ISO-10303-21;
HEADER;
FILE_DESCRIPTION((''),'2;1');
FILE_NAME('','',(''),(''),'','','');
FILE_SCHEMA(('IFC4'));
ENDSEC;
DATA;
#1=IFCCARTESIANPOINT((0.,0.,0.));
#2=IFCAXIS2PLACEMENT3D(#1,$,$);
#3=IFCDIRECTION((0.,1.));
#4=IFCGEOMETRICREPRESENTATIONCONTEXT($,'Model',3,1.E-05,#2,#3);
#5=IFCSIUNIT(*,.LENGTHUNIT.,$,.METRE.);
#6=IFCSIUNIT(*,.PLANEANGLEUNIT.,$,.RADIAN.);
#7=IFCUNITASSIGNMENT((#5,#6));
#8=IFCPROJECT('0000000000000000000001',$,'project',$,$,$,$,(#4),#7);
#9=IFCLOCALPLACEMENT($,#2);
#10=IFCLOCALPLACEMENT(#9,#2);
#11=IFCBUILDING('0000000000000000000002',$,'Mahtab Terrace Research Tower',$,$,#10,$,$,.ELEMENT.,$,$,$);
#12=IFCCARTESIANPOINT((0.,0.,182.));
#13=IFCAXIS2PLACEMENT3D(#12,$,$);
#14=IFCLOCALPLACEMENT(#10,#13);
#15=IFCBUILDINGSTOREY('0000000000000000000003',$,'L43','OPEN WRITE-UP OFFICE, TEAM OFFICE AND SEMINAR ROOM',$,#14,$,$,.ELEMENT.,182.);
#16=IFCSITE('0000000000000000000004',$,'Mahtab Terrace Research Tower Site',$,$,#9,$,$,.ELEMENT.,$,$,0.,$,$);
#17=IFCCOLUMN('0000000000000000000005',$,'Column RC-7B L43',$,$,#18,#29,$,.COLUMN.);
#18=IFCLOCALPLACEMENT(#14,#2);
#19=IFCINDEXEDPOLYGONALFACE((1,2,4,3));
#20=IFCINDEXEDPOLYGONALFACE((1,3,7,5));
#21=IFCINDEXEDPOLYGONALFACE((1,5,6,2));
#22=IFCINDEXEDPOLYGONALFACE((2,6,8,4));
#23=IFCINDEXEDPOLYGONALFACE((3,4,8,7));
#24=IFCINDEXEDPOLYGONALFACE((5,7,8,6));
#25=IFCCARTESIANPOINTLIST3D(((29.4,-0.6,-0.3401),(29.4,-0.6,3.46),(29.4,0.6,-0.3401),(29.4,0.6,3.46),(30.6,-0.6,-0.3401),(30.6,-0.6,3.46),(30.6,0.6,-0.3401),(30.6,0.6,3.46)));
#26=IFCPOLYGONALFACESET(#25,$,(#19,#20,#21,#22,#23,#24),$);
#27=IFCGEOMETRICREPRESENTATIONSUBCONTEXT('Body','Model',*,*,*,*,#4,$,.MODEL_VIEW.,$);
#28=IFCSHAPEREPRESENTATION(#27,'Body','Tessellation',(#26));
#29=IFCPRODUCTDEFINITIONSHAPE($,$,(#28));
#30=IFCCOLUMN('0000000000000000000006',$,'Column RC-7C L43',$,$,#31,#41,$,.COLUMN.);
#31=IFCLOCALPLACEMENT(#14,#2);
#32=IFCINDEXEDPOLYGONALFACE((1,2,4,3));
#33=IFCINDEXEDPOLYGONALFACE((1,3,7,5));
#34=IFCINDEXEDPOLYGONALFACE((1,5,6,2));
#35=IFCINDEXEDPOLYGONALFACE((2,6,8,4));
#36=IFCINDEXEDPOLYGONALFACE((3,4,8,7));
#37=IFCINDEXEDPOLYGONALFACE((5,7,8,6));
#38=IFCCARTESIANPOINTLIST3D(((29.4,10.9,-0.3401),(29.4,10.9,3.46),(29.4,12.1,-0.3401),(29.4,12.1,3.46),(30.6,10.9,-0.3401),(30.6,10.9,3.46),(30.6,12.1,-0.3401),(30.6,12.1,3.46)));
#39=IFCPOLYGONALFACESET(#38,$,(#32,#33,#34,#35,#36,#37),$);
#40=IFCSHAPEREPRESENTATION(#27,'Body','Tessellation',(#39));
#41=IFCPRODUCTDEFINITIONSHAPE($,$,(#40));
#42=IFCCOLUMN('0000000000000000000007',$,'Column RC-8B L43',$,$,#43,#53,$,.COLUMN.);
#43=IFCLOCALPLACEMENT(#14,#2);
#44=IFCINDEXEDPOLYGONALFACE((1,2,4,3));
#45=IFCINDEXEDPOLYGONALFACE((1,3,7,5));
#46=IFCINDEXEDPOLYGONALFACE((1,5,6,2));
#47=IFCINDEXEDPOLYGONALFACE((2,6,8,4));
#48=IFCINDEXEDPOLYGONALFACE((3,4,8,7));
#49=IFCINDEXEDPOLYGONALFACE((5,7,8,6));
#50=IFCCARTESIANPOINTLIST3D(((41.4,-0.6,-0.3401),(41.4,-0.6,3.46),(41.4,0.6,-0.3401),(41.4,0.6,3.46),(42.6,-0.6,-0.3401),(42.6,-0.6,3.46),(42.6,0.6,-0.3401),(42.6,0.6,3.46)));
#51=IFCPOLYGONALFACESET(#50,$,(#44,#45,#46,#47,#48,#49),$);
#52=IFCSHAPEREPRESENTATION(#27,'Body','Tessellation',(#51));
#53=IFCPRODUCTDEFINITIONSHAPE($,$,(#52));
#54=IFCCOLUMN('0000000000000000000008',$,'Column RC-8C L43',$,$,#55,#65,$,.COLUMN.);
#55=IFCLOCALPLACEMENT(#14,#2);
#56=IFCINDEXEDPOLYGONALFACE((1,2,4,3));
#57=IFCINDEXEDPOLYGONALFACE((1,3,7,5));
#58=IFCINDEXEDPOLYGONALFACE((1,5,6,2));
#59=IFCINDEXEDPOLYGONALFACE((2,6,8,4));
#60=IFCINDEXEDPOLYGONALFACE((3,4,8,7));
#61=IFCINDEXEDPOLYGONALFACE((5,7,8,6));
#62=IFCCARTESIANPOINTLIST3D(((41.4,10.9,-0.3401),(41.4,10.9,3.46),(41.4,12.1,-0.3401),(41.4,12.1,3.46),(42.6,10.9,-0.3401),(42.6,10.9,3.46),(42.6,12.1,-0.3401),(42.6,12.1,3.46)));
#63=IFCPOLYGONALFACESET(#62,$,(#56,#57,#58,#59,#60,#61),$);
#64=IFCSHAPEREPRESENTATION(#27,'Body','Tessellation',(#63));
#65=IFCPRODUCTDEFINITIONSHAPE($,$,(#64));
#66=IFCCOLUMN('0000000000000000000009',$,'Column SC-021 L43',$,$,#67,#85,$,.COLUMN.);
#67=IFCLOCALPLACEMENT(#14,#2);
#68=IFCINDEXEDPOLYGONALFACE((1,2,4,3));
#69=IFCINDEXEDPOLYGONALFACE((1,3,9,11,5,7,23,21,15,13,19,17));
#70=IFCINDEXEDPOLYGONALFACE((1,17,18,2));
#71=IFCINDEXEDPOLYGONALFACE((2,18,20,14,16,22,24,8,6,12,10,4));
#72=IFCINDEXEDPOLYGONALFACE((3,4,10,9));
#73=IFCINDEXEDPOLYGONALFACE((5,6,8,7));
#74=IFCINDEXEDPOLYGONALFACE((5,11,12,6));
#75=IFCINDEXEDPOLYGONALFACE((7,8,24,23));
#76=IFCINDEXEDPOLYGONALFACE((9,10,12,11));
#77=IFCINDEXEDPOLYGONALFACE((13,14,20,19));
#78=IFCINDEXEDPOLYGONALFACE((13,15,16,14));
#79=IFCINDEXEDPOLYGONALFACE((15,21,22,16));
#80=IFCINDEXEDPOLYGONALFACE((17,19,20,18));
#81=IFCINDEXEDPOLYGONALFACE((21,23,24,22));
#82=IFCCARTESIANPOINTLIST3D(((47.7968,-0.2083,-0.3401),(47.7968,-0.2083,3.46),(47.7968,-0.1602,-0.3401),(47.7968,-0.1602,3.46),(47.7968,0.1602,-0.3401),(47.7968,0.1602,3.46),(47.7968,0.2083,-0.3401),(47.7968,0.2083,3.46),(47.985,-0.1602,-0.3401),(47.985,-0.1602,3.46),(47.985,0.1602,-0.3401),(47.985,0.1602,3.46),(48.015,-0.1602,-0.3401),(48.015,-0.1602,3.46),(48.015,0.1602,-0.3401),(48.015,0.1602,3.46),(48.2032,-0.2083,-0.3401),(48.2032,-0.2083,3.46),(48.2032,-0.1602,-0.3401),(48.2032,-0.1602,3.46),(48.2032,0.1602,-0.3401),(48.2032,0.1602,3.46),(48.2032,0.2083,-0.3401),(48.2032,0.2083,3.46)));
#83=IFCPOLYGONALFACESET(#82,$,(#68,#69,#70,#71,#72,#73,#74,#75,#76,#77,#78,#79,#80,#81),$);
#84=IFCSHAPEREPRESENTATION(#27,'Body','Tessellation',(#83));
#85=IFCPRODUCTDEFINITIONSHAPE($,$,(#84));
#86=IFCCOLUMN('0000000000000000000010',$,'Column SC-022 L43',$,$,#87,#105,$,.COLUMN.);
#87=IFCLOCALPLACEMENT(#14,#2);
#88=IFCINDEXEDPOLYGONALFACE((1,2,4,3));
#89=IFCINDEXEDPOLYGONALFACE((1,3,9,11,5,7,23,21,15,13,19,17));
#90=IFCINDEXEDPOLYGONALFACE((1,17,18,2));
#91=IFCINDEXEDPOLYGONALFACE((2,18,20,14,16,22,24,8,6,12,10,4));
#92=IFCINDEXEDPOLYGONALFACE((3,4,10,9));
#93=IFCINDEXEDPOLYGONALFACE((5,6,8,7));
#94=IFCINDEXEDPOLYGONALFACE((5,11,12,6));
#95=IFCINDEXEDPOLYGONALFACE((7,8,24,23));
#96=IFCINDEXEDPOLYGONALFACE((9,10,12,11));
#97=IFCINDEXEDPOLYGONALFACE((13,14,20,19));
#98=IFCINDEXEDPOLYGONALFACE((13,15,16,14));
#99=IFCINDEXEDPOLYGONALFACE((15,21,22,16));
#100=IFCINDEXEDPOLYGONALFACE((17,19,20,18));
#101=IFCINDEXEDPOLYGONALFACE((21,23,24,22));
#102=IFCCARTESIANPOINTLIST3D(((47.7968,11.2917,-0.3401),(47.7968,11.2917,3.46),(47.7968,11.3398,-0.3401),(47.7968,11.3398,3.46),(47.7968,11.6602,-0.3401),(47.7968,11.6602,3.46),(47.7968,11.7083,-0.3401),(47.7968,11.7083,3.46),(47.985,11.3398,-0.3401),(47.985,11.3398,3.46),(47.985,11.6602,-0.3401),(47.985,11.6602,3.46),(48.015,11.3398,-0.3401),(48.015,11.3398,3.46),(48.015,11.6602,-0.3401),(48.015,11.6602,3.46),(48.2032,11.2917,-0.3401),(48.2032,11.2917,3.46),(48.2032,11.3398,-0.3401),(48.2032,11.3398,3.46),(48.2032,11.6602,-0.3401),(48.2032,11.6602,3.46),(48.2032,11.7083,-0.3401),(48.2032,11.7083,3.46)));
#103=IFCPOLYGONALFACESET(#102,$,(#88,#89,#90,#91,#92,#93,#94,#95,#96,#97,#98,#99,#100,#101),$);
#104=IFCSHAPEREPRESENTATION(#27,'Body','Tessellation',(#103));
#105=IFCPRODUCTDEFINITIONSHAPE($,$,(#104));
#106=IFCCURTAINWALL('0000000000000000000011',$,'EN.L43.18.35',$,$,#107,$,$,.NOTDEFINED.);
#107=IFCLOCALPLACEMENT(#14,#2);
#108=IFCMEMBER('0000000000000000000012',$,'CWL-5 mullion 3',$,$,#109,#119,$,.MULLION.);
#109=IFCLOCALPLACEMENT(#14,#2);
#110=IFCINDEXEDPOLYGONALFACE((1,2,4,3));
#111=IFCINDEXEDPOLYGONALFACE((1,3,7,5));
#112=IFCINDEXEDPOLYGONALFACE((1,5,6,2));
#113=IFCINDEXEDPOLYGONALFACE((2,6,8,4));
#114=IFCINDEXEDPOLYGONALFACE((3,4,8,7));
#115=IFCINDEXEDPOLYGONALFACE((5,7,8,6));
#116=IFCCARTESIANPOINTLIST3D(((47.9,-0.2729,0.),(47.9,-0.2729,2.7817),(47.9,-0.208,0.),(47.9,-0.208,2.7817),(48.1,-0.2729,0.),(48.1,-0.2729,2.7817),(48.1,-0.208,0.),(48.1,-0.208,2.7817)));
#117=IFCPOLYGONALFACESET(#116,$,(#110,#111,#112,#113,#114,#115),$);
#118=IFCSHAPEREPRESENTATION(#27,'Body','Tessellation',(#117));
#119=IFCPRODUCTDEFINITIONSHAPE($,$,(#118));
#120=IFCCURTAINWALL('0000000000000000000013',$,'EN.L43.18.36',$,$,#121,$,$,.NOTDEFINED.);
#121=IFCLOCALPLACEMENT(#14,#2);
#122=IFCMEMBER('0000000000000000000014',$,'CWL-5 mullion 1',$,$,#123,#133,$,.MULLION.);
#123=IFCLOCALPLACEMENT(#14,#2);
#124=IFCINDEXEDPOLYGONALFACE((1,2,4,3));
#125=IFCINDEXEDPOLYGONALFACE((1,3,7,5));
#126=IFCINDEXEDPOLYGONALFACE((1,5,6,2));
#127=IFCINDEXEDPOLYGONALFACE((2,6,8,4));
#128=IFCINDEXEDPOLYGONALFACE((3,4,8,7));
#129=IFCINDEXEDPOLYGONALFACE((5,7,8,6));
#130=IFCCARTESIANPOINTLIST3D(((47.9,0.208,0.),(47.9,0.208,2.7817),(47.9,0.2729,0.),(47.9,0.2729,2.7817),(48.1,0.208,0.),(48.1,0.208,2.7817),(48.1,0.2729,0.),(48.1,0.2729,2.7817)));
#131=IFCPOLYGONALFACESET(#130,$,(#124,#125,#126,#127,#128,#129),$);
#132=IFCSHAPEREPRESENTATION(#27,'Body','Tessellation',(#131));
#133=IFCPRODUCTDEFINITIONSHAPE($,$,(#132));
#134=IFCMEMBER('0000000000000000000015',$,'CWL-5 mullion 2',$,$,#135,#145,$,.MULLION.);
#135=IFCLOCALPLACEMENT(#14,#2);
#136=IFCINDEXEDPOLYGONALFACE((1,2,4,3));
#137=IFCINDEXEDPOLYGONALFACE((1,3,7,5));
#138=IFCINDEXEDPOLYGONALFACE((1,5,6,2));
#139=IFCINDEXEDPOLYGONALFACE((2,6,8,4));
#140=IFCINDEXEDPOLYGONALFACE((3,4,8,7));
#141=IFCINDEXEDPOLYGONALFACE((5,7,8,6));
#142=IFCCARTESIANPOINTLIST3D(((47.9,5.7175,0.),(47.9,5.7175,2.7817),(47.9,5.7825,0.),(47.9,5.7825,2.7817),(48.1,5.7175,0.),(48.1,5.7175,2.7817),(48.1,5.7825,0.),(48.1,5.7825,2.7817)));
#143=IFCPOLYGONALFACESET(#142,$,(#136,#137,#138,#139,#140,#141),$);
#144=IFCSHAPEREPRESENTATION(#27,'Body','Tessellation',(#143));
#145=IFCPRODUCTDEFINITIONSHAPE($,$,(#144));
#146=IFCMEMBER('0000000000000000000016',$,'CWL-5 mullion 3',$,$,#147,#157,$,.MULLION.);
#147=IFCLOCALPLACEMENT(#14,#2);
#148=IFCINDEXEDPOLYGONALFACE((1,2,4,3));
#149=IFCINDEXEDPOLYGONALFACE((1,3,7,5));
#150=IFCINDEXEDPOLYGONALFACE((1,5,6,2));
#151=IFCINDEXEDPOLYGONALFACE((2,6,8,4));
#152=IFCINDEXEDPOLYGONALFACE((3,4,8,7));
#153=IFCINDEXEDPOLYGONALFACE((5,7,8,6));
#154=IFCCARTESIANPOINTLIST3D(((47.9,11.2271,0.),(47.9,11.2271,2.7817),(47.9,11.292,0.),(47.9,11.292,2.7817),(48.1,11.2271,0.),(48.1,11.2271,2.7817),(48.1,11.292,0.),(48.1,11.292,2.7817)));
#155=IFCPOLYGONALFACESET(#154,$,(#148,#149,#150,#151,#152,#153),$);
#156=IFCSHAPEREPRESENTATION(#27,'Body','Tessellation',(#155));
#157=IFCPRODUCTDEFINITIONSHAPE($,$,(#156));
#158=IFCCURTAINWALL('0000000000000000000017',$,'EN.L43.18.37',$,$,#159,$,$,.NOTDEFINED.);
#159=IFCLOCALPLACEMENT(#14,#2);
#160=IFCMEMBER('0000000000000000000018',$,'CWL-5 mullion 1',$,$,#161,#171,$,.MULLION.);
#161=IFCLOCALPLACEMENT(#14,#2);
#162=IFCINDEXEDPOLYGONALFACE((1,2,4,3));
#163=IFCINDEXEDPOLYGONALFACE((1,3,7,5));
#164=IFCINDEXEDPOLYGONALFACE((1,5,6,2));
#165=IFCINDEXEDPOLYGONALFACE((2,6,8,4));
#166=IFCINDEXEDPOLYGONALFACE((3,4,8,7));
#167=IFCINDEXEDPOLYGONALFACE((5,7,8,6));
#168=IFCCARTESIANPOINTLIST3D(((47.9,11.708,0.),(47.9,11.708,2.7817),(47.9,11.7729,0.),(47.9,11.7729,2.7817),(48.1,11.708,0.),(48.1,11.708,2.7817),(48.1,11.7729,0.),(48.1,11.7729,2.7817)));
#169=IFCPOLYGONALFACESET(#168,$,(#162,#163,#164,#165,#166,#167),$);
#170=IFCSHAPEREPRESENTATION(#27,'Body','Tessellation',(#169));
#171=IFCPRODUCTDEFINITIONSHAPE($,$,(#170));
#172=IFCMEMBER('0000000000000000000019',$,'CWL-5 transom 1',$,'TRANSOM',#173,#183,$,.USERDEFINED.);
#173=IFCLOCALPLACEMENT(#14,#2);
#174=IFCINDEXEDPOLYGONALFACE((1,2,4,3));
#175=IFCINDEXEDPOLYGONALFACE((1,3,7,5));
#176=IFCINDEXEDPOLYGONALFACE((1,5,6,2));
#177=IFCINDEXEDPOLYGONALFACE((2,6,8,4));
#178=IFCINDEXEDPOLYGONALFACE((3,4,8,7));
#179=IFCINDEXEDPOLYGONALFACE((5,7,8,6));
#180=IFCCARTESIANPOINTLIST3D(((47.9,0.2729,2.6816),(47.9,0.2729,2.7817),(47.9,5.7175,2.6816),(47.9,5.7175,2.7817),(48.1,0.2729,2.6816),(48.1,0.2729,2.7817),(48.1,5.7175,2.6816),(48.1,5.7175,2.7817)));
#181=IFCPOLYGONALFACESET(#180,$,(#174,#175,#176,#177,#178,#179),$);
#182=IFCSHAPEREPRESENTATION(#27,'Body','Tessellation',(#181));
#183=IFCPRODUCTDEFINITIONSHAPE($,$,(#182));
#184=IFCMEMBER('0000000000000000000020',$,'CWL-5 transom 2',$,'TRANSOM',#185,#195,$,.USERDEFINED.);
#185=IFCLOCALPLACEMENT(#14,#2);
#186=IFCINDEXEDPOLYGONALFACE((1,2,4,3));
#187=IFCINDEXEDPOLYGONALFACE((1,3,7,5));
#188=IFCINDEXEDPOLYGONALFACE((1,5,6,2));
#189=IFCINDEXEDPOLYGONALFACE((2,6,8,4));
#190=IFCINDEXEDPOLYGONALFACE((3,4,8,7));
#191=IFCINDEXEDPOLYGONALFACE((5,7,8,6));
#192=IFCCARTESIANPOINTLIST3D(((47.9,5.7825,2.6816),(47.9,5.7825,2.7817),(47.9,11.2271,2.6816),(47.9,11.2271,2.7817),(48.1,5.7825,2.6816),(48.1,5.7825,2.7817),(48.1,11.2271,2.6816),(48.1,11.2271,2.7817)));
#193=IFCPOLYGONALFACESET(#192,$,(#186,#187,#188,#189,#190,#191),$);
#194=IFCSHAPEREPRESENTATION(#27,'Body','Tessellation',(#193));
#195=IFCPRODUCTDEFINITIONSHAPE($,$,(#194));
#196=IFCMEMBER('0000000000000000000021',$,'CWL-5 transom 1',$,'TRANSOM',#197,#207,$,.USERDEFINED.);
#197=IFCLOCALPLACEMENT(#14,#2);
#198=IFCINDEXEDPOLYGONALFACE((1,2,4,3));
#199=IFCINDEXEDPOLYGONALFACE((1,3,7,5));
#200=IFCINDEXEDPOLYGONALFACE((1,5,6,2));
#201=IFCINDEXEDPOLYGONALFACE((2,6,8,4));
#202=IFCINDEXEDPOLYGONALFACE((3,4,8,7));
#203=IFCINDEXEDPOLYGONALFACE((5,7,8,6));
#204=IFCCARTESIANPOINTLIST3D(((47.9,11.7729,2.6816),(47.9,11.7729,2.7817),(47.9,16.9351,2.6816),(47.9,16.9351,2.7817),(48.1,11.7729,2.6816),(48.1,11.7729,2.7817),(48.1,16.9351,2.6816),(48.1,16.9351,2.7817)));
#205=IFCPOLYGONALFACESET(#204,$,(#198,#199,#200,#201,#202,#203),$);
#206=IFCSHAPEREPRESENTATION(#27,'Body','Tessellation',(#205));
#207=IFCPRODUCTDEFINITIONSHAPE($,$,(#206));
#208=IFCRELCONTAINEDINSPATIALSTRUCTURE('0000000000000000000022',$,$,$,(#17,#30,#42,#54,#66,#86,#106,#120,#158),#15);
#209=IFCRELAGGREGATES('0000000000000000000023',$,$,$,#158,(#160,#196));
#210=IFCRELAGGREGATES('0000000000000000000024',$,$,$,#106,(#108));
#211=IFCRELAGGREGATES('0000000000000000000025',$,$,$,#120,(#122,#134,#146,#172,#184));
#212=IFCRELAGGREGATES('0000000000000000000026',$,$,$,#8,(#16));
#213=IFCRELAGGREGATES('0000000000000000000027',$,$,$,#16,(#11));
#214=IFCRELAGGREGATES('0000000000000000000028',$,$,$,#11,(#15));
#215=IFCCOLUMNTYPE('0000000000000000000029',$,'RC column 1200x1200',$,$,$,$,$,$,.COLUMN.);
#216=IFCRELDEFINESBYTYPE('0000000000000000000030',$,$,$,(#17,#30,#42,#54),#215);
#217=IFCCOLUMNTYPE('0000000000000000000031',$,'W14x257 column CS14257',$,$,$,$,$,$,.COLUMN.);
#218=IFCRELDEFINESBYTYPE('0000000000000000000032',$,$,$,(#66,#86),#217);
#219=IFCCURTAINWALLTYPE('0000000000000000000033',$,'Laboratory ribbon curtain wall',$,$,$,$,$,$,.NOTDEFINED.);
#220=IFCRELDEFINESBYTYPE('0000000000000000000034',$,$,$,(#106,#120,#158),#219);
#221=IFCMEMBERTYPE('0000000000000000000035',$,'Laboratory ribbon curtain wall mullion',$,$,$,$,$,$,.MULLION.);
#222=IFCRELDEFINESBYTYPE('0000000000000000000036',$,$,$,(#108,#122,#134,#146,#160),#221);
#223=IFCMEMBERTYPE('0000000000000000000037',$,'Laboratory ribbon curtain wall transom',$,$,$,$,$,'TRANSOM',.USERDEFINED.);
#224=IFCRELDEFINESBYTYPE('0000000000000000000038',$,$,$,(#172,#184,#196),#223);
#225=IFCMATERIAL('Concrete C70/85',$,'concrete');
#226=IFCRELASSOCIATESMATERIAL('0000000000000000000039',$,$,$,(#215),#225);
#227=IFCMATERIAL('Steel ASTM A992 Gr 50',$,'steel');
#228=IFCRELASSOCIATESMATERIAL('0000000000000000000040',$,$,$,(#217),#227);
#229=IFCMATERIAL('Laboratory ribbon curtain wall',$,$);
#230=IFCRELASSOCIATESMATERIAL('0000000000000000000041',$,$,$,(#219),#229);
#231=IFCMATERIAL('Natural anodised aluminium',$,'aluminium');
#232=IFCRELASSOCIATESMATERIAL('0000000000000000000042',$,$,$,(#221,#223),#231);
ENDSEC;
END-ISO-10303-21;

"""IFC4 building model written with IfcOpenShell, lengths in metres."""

from ifc_helpers import new_model, si_unit, direction, frame, origin, origin_2d, place, context, subcontext, project, spatial, rectangle, i_section, extrude, material, material_profile, profile_set, type_object, element, aggregate, save


model = new_model("IFC4")

# Units and contexts
model_context = context("Model", 3, precision=1e-05, world=origin(), true_north=direction((0.0, 1.0)))
body_context = subcontext(model_context, "Body", "Model", "MODEL_VIEW")
ifc_project = project(units=[si_unit("LENGTHUNIT", "METRE"), si_unit("PLANEANGLEUNIT", "RADIAN")], contexts=[model_context])

# Site, building, storey
site_placement = place(None, origin())
site = spatial("IfcSite", under=ifc_project, at=site_placement, Name="Mahtab Terrace Research Tower Site", CompositionType="ELEMENT", RefElevation=0.0)
building_placement = place(site_placement, origin())
building = spatial("IfcBuilding", under=site, at=building_placement, Name="Mahtab Terrace Research Tower", CompositionType="ELEMENT")
storey_placement = place(building_placement, frame((0.0, 0.0, 182.0)))
storey = spatial("IfcBuildingStorey", under=building, at=storey_placement, Name="L43", Description="OPEN WRITE-UP OFFICE, TEAM OFFICE AND SEMINAR ROOM", CompositionType="ELEMENT", Elevation=182.0)

# Columns
ifc_material_1 = material(Name="Concrete C70/85", Category="concrete")
ifc_material_profile_1 = material_profile(ifc_material_1, rectangle(XDim=1.2, YDim=1.2, at=origin_2d()), Name="RC column 1200x1200")
ifc_profile_set_1 = profile_set([ifc_material_profile_1], Name="Concrete C70/85")
column_type_1 = type_object("IfcColumnType", Name="RC column 1200x1200", PredefinedType="COLUMN", material=ifc_profile_set_1)
for number, where, z_axis, x_axis, name in (
    (1, (30.0, 0.0, -0.3401), (0.0, 0.0, 1.0), (1.0, 0.0, 0.0), "Column RC-7B L43"),
    (2, (30.0, 11.5, -0.3401), (0.0, 0.0, 1.0), (1.0, 0.0, 0.0), "Column RC-7C L43"),
    (3, (42.0, 0.0, -0.3401), (0.0, 0.0, 1.0), (1.0, 0.0, 0.0), "Column RC-8B L43"),
    (4, (42.0, 11.5, -0.3401), (0.0, 0.0, 1.0), (1.0, 0.0, 0.0), "Column RC-8C L43"),
):
    element("IfcColumn", number, at=place(storey_placement, frame(where, z_axis=z_axis, x_axis=x_axis)), inside=storey, type_object=column_type_1, Name=name, PredefinedType="COLUMN", context=body_context, shape_type="SweptSolid", body=[
        extrude(rectangle(XDim=1.2, YDim=1.2, at=origin_2d()), origin(), (0.0, 0.0, 1.0), 3.8),
    ])
ifc_material_2 = material(Name="Steel ASTM A992 Gr 50", Category="steel")
ifc_material_profile_2 = material_profile(ifc_material_2, i_section(OverallWidth=0.4065, OverallDepth=0.4165, WebThickness=0.03, FlangeThickness=0.0481, at=origin_2d()), Name="W14X257")
ifc_profile_set_2 = profile_set([ifc_material_profile_2], Name="Steel ASTM A992 Gr 50")
column_type_2 = type_object("IfcColumnType", Name="W14x257 column CS14257", PredefinedType="COLUMN", material=ifc_profile_set_2)
for number, where, z_axis, x_axis, name in (
    (5, (48.0, 0.0, -0.3401), (0.0, 0.0, 1.0), (1.0, 0.0, 0.0), "Column SC-021 L43"),
    (6, (48.0, 11.5, -0.3401), (0.0, 0.0, 1.0), (1.0, 0.0, 0.0), "Column SC-022 L43"),
):
    element("IfcColumn", number, at=place(storey_placement, frame(where, z_axis=z_axis, x_axis=x_axis)), inside=storey, type_object=column_type_2, Name=name, PredefinedType="COLUMN", context=body_context, shape_type="SweptSolid", body=[
        extrude(i_section(OverallWidth=0.4065, OverallDepth=0.4165, WebThickness=0.03, FlangeThickness=0.0481, at=origin_2d()), origin(), (0.0, 0.0, 1.0), 3.8),
    ])

# Curtain wall, member
ifc_material_3 = material(Name="Laboratory ribbon curtain wall")
curtain_wall_type = type_object("IfcCurtainWallType", Name="Laboratory ribbon curtain wall", PredefinedType="NOTDEFINED", material=ifc_material_3)
curtain_wall_1_placement = place(storey_placement, origin())
curtain_wall_1 = element("IfcCurtainWall", 7, at=curtain_wall_1_placement, inside=storey, type_object=curtain_wall_type, Name="EN.L43.18.35", PredefinedType="NOTDEFINED")
ifc_material_4 = material(Name="Natural anodised aluminium", Category="aluminium")
ifc_material_profile_3 = material_profile(ifc_material_4, rectangle(XDim=0.2, YDim=0.0649, at=origin_2d()), Name="MULLION 65x200")
ifc_profile_set_3 = profile_set([ifc_material_profile_3], Name="Natural anodised aluminium")
member_type_1 = type_object("IfcMemberType", Name="Laboratory ribbon curtain wall mullion", PredefinedType="MULLION", material=ifc_profile_set_3)
member_1_placement = place(storey_placement, frame((48.0, -0.2405, 0.0), z_axis=(0.0, 0.0, 1.0), x_axis=(-1.0, 0.0, 0.0)))
member_1 = element("IfcMember", 8, at=member_1_placement, type_object=member_type_1, Name="CWL-5 mullion 3", PredefinedType="MULLION", context=body_context, shape_type="SweptSolid", body=[
    extrude(rectangle(XDim=0.2, YDim=0.0649, at=origin_2d()), origin(), (0.0, 0.0, 1.0), 2.7817),
])

# Curtain wall, members
curtain_wall_2_placement = place(storey_placement, origin())
curtain_wall_2 = element("IfcCurtainWall", 9, at=curtain_wall_2_placement, inside=storey, type_object=curtain_wall_type, Name="EN.L43.18.36", PredefinedType="NOTDEFINED")
member_2_placement = place(storey_placement, frame((48.0, 0.2405, 0.0), z_axis=(0.0, 0.0, 1.0), x_axis=(-1.0, 0.0, 0.0)))
member_2 = element("IfcMember", 10, at=member_2_placement, type_object=member_type_1, Name="CWL-5 mullion 1", PredefinedType="MULLION", context=body_context, shape_type="SweptSolid", body=[
    extrude(rectangle(XDim=0.2, YDim=0.0649, at=origin_2d()), origin(), (0.0, 0.0, 1.0), 2.7817),
])
member_3_placement = place(storey_placement, frame((48.0, 5.75, 0.0), z_axis=(0.0, 0.0, 1.0), x_axis=(-1.0, 0.0, 0.0)))
member_3 = element("IfcMember", 11, at=member_3_placement, type_object=member_type_1, Name="CWL-5 mullion 2", PredefinedType="MULLION", context=body_context, shape_type="SweptSolid", body=[
    extrude(rectangle(XDim=0.2, YDim=0.0649, at=origin_2d()), origin(), (0.0, 0.0, 1.0), 2.7817),
])
member_4_placement = place(storey_placement, frame((48.0, 11.2595, 0.0), z_axis=(0.0, 0.0, 1.0), x_axis=(-1.0, 0.0, 0.0)))
member_4 = element("IfcMember", 12, at=member_4_placement, type_object=member_type_1, Name="CWL-5 mullion 3", PredefinedType="MULLION", context=body_context, shape_type="SweptSolid", body=[
    extrude(rectangle(XDim=0.2, YDim=0.0649, at=origin_2d()), origin(), (0.0, 0.0, 1.0), 2.7817),
])

# Curtain wall, member
curtain_wall_3_placement = place(storey_placement, origin())
curtain_wall_3 = element("IfcCurtainWall", 13, at=curtain_wall_3_placement, inside=storey, type_object=curtain_wall_type, Name="EN.L43.18.37", PredefinedType="NOTDEFINED")
member_5_placement = place(storey_placement, frame((48.0, 11.7405, 0.0), z_axis=(0.0, 0.0, 1.0), x_axis=(-1.0, 0.0, 0.0)))
member_5 = element("IfcMember", 14, at=member_5_placement, type_object=member_type_1, Name="CWL-5 mullion 1", PredefinedType="MULLION", context=body_context, shape_type="SweptSolid", body=[
    extrude(rectangle(XDim=0.2, YDim=0.0649, at=origin_2d()), origin(), (0.0, 0.0, 1.0), 2.7817),
])

# Members
ifc_material_profile_4 = material_profile(ifc_material_4, rectangle(XDim=0.2, YDim=0.1001, at=origin_2d()), Name="TRANSOM 100x200")
ifc_profile_set_4 = profile_set([ifc_material_profile_4], Name="Natural anodised aluminium")
member_type_2 = type_object("IfcMemberType", Name="Laboratory ribbon curtain wall transom", ElementType="TRANSOM", PredefinedType="USERDEFINED", material=ifc_profile_set_4)
member_6_placement = place(storey_placement, frame((48.0, 0.2729, 2.7317), z_axis=(0.0, 1.0, 0.0), x_axis=(-1.0, 0.0, 0.0)))
member_6 = element("IfcMember", 15, at=member_6_placement, type_object=member_type_2, Name="CWL-5 transom 1", ObjectType="TRANSOM", PredefinedType="USERDEFINED", context=body_context, shape_type="SweptSolid", body=[
    extrude(rectangle(XDim=0.2, YDim=0.1001, at=origin_2d()), origin(), (0.0, 0.0, 1.0), 5.4446),
])
member_7_placement = place(storey_placement, frame((48.0, 5.7825, 2.7317), z_axis=(0.0, 1.0, 0.0), x_axis=(-1.0, 0.0, 0.0)))
member_7 = element("IfcMember", 16, at=member_7_placement, type_object=member_type_2, Name="CWL-5 transom 2", ObjectType="TRANSOM", PredefinedType="USERDEFINED", context=body_context, shape_type="SweptSolid", body=[
    extrude(rectangle(XDim=0.2, YDim=0.1001, at=origin_2d()), origin(), (0.0, 0.0, 1.0), 5.4446),
])
member_8_placement = place(storey_placement, frame((48.0, 11.7729, 2.7317), z_axis=(0.0, 1.0, 0.0), x_axis=(-1.0, 0.0, 0.0)))
member_8 = element("IfcMember", 17, at=member_8_placement, type_object=member_type_2, Name="CWL-5 transom 1", ObjectType="TRANSOM", PredefinedType="USERDEFINED", context=body_context, shape_type="SweptSolid", body=[
    extrude(rectangle(XDim=0.2, YDim=0.1001, at=origin_2d()), origin(), (0.0, 0.0, 1.0), 5.1621),
])
aggregate(curtain_wall_3, [member_5, member_8])

aggregate(curtain_wall_1, [member_1])
aggregate(curtain_wall_2, [member_2, member_3, member_4, member_6, member_7])

save(model, "model.ifc")
